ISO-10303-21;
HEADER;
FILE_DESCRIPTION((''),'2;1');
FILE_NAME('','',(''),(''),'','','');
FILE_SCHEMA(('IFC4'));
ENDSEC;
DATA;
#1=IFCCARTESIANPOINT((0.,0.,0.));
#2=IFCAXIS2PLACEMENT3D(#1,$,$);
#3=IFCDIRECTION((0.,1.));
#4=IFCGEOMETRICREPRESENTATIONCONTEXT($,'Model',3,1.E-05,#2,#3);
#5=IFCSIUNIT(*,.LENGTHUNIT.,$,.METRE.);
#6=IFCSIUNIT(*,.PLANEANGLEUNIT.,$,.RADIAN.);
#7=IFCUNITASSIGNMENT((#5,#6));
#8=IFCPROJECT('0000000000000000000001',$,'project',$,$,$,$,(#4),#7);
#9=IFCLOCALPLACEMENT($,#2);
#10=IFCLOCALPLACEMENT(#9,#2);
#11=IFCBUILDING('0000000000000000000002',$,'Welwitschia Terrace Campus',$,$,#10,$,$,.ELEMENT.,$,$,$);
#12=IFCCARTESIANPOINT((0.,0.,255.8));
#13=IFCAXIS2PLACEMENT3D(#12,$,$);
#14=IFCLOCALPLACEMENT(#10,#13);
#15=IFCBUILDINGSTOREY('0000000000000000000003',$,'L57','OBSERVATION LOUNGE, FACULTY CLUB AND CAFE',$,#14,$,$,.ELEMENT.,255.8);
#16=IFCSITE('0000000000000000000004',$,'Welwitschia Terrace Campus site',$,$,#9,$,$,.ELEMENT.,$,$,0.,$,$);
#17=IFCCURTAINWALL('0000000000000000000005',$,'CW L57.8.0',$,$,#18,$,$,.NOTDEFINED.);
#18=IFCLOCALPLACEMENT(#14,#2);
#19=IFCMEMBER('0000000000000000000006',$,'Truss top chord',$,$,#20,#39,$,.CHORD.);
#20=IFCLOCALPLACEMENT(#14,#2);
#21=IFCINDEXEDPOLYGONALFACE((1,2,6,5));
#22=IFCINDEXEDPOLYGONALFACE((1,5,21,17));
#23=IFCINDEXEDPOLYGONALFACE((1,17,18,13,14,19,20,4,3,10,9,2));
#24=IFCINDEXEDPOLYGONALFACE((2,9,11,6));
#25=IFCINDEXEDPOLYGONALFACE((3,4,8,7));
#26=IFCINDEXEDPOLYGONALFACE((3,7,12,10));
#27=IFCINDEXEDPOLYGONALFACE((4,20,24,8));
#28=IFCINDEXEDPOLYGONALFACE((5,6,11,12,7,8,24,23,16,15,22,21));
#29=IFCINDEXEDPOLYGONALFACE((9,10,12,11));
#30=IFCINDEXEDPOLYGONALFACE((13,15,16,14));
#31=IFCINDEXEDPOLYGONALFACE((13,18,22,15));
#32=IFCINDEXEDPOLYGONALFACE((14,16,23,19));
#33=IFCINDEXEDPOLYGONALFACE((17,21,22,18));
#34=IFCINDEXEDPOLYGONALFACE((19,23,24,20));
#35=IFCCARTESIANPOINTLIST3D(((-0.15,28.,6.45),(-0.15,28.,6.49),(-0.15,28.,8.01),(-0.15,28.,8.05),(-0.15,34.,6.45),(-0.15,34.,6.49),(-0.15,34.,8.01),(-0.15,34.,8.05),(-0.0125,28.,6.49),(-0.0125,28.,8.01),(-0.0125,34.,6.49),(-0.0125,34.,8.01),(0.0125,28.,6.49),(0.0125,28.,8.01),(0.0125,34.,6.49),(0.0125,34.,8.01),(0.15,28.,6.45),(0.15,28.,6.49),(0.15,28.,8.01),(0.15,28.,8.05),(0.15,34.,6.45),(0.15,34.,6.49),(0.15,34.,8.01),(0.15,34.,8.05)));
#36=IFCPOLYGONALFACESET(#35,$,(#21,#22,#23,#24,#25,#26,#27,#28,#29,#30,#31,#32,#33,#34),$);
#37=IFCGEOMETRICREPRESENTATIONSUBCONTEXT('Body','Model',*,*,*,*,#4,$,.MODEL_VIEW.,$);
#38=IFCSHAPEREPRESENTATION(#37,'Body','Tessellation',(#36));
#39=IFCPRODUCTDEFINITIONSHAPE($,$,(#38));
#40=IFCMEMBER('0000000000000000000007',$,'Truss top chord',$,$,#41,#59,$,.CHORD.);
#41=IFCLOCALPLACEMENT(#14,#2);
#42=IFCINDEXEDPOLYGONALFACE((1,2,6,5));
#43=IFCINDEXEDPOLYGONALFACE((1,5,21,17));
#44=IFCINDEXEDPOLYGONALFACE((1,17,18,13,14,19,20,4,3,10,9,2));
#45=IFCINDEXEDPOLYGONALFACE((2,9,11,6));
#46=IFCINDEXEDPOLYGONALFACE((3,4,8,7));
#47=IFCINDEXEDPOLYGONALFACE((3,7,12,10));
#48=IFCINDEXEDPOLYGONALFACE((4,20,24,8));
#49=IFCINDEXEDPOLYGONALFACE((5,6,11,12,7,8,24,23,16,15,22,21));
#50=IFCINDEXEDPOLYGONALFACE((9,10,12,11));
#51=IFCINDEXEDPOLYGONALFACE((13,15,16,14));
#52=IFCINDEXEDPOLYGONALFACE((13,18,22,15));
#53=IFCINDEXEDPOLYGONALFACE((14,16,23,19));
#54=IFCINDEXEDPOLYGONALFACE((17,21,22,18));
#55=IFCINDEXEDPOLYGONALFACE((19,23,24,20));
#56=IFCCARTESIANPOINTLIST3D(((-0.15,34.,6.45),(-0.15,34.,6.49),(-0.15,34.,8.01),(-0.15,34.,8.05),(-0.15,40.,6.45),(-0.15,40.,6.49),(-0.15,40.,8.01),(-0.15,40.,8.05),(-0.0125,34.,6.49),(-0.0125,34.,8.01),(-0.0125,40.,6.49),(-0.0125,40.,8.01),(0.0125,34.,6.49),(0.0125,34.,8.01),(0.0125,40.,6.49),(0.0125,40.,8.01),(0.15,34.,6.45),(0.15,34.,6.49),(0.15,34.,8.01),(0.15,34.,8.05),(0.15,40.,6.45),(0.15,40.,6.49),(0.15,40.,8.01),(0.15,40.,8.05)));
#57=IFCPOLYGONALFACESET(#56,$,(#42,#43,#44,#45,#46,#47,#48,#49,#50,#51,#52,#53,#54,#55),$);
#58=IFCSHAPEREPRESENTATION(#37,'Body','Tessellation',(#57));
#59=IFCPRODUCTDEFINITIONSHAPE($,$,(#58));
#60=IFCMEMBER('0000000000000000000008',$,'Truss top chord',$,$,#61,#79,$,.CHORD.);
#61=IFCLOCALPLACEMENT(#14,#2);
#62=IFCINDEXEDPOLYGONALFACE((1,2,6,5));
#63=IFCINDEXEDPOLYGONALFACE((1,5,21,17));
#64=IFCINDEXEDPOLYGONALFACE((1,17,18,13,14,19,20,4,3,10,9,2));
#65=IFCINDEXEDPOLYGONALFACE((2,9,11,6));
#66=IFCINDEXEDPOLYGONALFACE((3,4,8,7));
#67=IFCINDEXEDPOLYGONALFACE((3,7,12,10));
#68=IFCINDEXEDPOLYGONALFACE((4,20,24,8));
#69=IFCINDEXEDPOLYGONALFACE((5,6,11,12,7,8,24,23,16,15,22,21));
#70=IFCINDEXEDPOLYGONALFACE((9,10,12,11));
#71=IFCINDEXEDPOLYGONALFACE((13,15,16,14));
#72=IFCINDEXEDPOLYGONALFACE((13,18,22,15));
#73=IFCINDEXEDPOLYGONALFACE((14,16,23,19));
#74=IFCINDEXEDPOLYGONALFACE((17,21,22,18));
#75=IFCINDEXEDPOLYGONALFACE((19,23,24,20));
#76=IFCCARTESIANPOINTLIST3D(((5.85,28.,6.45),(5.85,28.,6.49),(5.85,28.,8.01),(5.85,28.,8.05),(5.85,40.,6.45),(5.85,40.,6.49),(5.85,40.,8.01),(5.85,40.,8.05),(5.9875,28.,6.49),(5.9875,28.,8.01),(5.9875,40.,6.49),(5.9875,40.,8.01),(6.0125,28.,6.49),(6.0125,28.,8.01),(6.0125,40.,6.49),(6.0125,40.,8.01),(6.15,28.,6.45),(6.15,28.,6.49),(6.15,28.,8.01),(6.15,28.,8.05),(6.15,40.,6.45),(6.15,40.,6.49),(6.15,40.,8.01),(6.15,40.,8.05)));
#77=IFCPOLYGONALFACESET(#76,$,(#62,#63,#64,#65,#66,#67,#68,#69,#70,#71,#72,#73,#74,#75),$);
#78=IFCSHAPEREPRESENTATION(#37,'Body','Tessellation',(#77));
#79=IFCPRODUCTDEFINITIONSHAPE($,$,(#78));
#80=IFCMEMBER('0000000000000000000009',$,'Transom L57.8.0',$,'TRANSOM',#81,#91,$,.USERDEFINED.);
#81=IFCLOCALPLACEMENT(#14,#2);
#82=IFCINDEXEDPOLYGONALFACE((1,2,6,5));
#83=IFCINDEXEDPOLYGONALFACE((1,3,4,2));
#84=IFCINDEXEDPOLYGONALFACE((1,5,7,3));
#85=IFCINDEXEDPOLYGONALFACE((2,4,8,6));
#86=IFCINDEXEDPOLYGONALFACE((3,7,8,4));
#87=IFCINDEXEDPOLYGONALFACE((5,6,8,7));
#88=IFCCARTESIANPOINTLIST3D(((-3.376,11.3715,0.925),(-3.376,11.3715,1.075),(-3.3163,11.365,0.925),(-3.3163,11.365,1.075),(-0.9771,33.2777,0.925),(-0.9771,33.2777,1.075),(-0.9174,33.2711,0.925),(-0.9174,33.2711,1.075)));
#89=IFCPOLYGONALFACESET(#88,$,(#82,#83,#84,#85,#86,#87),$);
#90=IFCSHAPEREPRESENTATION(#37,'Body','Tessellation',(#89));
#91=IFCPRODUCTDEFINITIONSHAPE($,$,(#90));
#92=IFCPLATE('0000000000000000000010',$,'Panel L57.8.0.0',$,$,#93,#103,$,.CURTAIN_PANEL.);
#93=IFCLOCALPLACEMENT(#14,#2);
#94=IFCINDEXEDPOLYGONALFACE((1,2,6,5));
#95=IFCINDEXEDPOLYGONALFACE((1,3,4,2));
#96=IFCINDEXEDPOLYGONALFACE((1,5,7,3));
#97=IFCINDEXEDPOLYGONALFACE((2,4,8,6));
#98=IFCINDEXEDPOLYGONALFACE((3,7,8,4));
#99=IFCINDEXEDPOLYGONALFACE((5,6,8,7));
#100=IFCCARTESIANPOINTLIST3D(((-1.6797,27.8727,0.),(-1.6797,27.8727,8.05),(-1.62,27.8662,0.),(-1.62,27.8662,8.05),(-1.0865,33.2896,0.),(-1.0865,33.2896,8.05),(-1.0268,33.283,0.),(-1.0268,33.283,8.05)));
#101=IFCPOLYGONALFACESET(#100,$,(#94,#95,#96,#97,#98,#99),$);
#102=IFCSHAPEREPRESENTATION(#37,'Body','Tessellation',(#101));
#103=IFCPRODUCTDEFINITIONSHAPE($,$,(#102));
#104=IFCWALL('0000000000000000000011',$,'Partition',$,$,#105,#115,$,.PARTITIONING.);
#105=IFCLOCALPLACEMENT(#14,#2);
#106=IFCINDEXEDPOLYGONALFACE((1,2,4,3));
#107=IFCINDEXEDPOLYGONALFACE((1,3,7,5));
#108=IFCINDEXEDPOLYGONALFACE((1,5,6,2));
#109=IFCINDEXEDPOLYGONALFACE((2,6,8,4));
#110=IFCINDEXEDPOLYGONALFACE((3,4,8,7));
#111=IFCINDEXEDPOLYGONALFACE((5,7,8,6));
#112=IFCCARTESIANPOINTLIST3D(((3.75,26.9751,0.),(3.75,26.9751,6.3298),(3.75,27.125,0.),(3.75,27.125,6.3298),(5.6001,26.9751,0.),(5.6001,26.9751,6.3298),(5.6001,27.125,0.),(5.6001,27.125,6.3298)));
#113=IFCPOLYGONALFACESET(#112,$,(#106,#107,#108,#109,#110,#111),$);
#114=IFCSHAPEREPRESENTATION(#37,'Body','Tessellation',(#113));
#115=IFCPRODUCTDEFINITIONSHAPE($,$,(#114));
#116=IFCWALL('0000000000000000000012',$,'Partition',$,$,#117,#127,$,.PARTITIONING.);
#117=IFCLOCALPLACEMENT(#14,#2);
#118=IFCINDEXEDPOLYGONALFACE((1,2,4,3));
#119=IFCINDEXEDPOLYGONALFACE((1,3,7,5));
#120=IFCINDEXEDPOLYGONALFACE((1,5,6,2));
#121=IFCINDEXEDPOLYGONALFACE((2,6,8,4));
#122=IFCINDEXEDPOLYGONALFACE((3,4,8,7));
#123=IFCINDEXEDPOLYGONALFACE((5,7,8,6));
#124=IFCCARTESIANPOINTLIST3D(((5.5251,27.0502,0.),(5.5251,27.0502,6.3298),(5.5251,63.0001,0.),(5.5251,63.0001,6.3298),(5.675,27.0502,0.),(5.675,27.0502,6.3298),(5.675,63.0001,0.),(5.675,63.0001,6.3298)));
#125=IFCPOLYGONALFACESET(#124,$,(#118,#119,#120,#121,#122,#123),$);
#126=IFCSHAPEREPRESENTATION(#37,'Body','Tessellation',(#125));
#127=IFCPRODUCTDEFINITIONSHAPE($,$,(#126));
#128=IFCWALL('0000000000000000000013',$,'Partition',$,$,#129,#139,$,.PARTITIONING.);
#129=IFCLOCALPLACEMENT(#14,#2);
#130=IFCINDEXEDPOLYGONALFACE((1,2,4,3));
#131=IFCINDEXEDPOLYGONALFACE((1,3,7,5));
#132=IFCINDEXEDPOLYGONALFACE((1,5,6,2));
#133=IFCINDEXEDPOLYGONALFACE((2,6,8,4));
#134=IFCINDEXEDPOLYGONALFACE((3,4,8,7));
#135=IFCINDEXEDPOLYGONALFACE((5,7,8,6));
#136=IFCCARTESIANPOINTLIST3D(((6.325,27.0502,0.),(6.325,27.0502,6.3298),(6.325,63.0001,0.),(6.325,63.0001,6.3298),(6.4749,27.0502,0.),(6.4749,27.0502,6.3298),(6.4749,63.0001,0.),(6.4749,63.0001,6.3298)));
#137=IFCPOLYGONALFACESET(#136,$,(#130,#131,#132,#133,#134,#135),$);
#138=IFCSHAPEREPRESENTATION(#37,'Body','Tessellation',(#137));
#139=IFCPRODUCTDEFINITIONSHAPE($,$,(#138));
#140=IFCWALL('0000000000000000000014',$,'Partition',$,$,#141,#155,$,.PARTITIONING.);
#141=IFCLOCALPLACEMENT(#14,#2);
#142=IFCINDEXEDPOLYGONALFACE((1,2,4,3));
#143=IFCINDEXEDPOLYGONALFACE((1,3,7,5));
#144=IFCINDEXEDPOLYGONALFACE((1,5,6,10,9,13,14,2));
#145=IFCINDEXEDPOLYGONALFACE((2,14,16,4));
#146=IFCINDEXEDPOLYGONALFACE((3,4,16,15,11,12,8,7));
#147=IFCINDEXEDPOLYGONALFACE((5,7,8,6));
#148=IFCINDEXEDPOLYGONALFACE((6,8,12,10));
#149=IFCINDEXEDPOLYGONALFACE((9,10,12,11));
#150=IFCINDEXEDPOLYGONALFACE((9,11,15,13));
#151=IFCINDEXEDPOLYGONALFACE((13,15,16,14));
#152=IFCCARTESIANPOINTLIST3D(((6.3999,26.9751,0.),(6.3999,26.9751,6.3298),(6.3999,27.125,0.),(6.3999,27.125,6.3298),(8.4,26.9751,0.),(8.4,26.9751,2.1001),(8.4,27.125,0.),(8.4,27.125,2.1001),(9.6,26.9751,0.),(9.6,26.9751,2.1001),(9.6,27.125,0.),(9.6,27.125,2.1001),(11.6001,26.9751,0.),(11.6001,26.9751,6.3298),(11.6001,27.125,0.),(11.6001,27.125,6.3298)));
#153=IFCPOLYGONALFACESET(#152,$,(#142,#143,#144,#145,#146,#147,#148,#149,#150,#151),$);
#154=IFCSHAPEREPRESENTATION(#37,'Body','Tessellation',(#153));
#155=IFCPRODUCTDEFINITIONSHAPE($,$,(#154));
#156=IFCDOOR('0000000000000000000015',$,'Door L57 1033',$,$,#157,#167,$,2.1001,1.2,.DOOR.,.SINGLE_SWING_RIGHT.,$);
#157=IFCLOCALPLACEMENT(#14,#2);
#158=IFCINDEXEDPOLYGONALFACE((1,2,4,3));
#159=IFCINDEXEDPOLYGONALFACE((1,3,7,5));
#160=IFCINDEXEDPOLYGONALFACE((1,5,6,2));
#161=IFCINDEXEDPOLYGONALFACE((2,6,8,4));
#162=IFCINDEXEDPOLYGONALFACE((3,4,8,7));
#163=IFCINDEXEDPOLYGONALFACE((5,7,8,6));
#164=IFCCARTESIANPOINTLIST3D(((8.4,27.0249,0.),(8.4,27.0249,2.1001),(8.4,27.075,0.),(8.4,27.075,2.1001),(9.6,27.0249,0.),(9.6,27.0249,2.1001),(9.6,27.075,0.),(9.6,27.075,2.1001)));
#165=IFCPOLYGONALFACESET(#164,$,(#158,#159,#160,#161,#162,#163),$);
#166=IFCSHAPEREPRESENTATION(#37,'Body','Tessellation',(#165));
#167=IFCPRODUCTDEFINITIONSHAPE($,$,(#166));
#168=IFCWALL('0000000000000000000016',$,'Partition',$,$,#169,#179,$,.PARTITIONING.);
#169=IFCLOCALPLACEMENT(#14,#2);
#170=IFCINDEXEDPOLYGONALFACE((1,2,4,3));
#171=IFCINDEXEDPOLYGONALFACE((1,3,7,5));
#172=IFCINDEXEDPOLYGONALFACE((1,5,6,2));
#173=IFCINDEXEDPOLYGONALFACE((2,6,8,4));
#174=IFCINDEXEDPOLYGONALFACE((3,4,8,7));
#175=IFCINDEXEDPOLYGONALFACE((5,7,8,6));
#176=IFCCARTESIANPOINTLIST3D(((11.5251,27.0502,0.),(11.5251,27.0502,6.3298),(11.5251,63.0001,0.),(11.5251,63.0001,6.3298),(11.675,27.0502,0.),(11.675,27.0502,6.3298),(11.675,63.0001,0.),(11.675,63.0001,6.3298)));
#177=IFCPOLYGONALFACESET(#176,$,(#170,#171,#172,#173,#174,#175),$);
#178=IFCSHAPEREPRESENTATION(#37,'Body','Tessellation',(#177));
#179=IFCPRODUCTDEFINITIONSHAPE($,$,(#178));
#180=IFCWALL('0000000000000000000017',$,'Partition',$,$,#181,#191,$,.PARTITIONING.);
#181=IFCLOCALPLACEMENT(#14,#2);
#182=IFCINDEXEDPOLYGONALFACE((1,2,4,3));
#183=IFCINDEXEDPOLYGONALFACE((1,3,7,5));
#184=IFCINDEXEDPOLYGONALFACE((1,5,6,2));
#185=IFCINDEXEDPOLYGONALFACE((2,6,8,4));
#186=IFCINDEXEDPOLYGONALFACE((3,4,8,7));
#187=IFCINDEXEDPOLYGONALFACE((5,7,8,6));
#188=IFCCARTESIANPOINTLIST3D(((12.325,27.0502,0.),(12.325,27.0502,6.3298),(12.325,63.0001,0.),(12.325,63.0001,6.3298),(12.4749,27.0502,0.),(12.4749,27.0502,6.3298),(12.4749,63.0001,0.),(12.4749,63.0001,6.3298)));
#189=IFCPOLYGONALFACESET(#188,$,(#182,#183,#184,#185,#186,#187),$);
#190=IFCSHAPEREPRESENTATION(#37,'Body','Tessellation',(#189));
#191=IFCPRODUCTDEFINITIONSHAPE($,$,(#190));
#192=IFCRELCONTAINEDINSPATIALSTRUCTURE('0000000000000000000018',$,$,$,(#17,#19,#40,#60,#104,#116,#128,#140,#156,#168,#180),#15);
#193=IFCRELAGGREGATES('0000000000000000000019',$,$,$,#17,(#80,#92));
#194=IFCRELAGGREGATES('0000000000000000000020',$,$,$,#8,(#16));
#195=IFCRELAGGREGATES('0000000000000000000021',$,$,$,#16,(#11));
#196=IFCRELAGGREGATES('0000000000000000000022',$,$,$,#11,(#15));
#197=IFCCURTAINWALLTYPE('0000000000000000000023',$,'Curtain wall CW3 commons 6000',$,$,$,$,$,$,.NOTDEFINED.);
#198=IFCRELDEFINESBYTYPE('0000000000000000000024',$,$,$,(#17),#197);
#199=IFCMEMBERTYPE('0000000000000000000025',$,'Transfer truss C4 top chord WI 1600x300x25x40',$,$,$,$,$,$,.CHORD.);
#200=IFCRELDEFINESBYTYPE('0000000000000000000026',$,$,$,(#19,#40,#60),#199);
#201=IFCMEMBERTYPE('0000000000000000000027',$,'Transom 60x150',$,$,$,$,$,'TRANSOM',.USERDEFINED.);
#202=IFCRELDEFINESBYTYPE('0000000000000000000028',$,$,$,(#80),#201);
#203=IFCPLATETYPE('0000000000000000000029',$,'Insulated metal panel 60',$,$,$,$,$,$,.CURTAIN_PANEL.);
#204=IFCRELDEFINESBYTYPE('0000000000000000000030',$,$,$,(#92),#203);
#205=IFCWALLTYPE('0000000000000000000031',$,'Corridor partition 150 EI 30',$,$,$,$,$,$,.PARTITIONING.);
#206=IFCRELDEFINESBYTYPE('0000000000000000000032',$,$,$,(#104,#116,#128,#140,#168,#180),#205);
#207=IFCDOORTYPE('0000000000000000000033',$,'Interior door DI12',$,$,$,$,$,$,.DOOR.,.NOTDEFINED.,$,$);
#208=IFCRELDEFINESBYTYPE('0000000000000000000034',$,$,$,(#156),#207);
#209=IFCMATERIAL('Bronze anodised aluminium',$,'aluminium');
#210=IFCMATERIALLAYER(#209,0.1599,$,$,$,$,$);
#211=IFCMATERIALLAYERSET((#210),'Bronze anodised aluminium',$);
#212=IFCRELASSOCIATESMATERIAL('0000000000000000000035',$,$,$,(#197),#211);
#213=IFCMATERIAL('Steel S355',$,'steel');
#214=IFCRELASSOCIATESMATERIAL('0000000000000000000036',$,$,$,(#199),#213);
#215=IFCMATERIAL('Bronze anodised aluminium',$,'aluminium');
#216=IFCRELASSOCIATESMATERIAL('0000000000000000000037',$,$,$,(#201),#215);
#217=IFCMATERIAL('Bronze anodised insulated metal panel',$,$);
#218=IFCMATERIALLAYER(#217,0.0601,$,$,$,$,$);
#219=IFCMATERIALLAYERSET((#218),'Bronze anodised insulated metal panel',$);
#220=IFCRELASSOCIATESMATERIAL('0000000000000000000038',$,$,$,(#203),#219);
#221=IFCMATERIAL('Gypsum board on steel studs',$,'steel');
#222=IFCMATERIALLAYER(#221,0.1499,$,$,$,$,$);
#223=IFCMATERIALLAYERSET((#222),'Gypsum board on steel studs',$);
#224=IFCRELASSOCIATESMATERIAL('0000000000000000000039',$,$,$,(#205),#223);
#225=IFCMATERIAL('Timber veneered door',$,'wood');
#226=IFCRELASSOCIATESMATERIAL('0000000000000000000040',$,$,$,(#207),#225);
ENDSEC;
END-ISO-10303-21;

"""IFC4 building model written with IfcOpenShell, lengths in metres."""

from ifc_helpers import new_model, si_unit, direction, frame, frame_2d, origin, origin_2d, place, context, subcontext, project, spatial, rectangle, i_section, extrude, material, layer, layer_set, material_profile, profile_set, type_object, element, fill, aggregate, save


model = new_model("IFC4")

# Units and contexts
model_context = context("Model", 3, precision=1e-05, world=origin(), true_north=direction((0.0, 1.0)))
body_context = subcontext(model_context, "Body", "Model", "MODEL_VIEW")
ifc_project = project(units=[si_unit("LENGTHUNIT", "METRE"), si_unit("PLANEANGLEUNIT", "RADIAN")], contexts=[model_context])

# Site, building, storey
site_placement = place(None, origin())
site = spatial("IfcSite", under=ifc_project, at=site_placement, Name="Welwitschia Terrace Campus site", CompositionType="ELEMENT", RefElevation=0.0)
building_placement = place(site_placement, origin())
building = spatial("IfcBuilding", under=site, at=building_placement, Name="Welwitschia Terrace Campus", CompositionType="ELEMENT")
storey_placement = place(building_placement, frame((0.0, 0.0, 255.8)))
storey = spatial("IfcBuildingStorey", under=building, at=storey_placement, Name="L57", Description="OBSERVATION LOUNGE, FACULTY CLUB AND CAFE", CompositionType="ELEMENT", Elevation=255.8)

# Shared definitions
ifc_material_1 = material(Name="Bronze anodised aluminium", Category="aluminium")
ifc_layer_1 = layer(ifc_material_1, 0.1599)
ifc_layer_set_1 = layer_set([ifc_layer_1], Name="Bronze anodised aluminium")
curtain_wall_type = type_object("IfcCurtainWallType", Name="Curtain wall CW3 commons 6000", PredefinedType="NOTDEFINED", material=ifc_layer_set_1)

# Curtain wall
curtain_wall_1_placement = place(storey_placement, origin())
curtain_wall_1 = element("IfcCurtainWall", 1, at=curtain_wall_1_placement, inside=storey, type_object=curtain_wall_type, Name="CW L57.8.0", PredefinedType="NOTDEFINED")

# Members
ifc_material_2 = material(Name="Steel S355", Category="steel")
ifc_material_profile_1 = material_profile(ifc_material_2, i_section(OverallWidth=0.3, OverallDepth=1.6001, WebThickness=0.0249, FlangeThickness=0.04, at=origin_2d()))
ifc_profile_set_1 = profile_set([ifc_material_profile_1], Name="Steel S355")
member_type_1 = type_object("IfcMemberType", Name="Transfer truss C4 top chord WI 1600x300x25x40", PredefinedType="CHORD", material=ifc_profile_set_1)
for number, where, z_axis, x_axis, name in (
    (2, (0.0, 28.0, 7.25), (0.0, 1.0, 0.0), (-1.0, 0.0, 0.0), "Truss top chord"),
    (3, (0.0, 34.0, 7.25), (0.0, 1.0, 0.0), (-1.0, 0.0, 0.0), "Truss top chord"),
):
    element("IfcMember", number, at=place(storey_placement, frame(where, z_axis=z_axis, x_axis=x_axis)), inside=storey, type_object=member_type_1, Name=name, PredefinedType="CHORD", context=body_context, shape_type="SweptSolid", body=[
        extrude(i_section(OverallWidth=0.3, OverallDepth=1.6001, WebThickness=0.0249, FlangeThickness=0.04, at=origin_2d()), origin(), (0.0, 0.0, 1.0), 6.0),
    ])
member_1_placement = place(storey_placement, frame((6.0, 28.0, 7.25), z_axis=(0.0, 1.0, 0.0), x_axis=(-1.0, 0.0, 0.0)))
element("IfcMember", 4, at=member_1_placement, inside=storey, type_object=member_type_1, Name="Truss top chord", PredefinedType="CHORD", context=body_context, shape_type="SweptSolid", body=[
    extrude(i_section(OverallWidth=0.3, OverallDepth=1.6001, WebThickness=0.0249, FlangeThickness=0.04, at=origin_2d()), origin(), (0.0, 0.0, 1.0), 12.0),
])

# Member
ifc_material_3 = material(Name="Bronze anodised aluminium", Category="aluminium")
ifc_material_profile_2 = material_profile(ifc_material_3, rectangle(XDim=0.0601, YDim=0.1499, at=origin_2d()))
ifc_profile_set_2 = profile_set([ifc_material_profile_2], Name="Bronze anodised aluminium")
member_type_2 = type_object("IfcMemberType", Name="Transom 60x150", ElementType="TRANSOM", PredefinedType="USERDEFINED", material=ifc_profile_set_2)
member_2_placement = place(storey_placement, frame((-0.9473, 33.2744, 1.0), z_axis=(-0.108858, -0.994057, 0.0), x_axis=(0.994057, -0.108858, 0.0)))
member_2 = element("IfcMember", 5, at=member_2_placement, type_object=member_type_2, Name="Transom L57.8.0", ObjectType="TRANSOM", PredefinedType="USERDEFINED", context=body_context, shape_type="SweptSolid", body=[
    extrude(rectangle(XDim=0.0601, YDim=0.1499, at=origin_2d()), origin(), (0.0, 0.0, 1.0), 22.0371),
])

# Plate
ifc_material_4 = material(Name="Bronze anodised insulated metal panel")
ifc_layer_2 = layer(ifc_material_4, 0.0601)
ifc_layer_set_2 = layer_set([ifc_layer_2], Name="Bronze anodised insulated metal panel")
plate_type = type_object("IfcPlateType", Name="Insulated metal panel 60", PredefinedType="CURTAIN_PANEL", material=ifc_layer_set_2)
plate_placement = place(storey_placement, frame((-1.3533, 30.5779, 0.0), z_axis=(0.0, 0.0, 1.0), x_axis=(-0.108867, -0.994056, 0.0)))
plate = element("IfcPlate", 6, at=plate_placement, type_object=plate_type, Name="Panel L57.8.0.0", PredefinedType="CURTAIN_PANEL", context=body_context, shape_type="SweptSolid", body=[
    extrude(rectangle(XDim=5.4492, YDim=0.0601, at=origin_2d()), origin(), (0.0, 0.0, 1.0), 8.05),
])
aggregate(curtain_wall_1, [member_2, plate])

# Walls
ifc_material_5 = material(Name="Gypsum board on steel studs", Category="steel")
ifc_layer_3 = layer(ifc_material_5, 0.1499)
ifc_layer_set_3 = layer_set([ifc_layer_3], Name="Gypsum board on steel studs")
wall_type = type_object("IfcWallType", Name="Corridor partition 150 EI 30", PredefinedType="PARTITIONING", material=ifc_layer_set_3)
wall_1_placement = place(storey_placement, frame((3.75, 27.05, 0.0), z_axis=(0.0, 0.0, 1.0), x_axis=(1.0, 0.0, 0.0)))
element("IfcWall", 7, at=wall_1_placement, inside=storey, type_object=wall_type, Name="Partition", PredefinedType="PARTITIONING", context=body_context, shape_type="SweptSolid", body=[
    extrude(rectangle(XDim=1.8501, YDim=0.1499, at=frame_2d((0.925, 0.0))), origin(), (0.0, 0.0, 1.0), 6.3298),
])
for number, where, z_axis, x_axis, name in (
    (8, (5.6001, 27.05, 0.0), (0.0, 0.0, 1.0), (0.0, 1.0, 0.0), "Partition"),
    (9, (6.3999, 27.05, 0.0), (0.0, 0.0, 1.0), (0.0, 1.0, 0.0), "Partition"),
):
    element("IfcWall", number, at=place(storey_placement, frame(where, z_axis=z_axis, x_axis=x_axis)), inside=storey, type_object=wall_type, Name=name, PredefinedType="PARTITIONING", context=body_context, shape_type="SweptSolid", body=[
        extrude(rectangle(XDim=35.95, YDim=0.1499, at=frame_2d((17.9751, 0.0))), origin(), (0.0, 0.0, 1.0), 6.3298),
    ])

# Wall, opening, door
wall_2_placement = place(storey_placement, frame((6.3999, 27.05, 0.0), z_axis=(0.0, 0.0, 1.0), x_axis=(1.0, 0.0, 0.0)))
wall_2 = element("IfcWall", 10, at=wall_2_placement, inside=storey, type_object=wall_type, Name="Partition", PredefinedType="PARTITIONING", context=body_context, shape_type="SweptSolid", body=[
    extrude(rectangle(XDim=5.2002, YDim=0.1499, at=frame_2d((2.6001, 0.0))), origin(), (0.0, 0.0, 1.0), 6.3298),
])
opening_1_placement = place(wall_2_placement, frame((2.0, 0.0, 0.0)))
opening_1 = element("IfcOpeningElement", 11, at=opening_1_placement, cuts=wall_2, PredefinedType="OPENING", context=body_context, shape_type="SweptSolid", body=[
    extrude(rectangle(XDim=1.2, YDim=2.1001, at=frame_2d((0.6001, 1.05))), frame((0.0, 0.085, 0.0), z_axis=(0.0, -1.0, 0.0), x_axis=(1.0, 0.0, 0.0)), (0.0, 0.0, 1.0), 0.1699),
])
ifc_material_6 = material(Name="Timber veneered door", Category="wood")
door_type = type_object("IfcDoorType", Name="Interior door DI12", OperationType="NOTDEFINED", PredefinedType="DOOR", material=ifc_material_6)
door_1_placement = place(opening_1_placement, origin())
door_1 = element("IfcDoor", 12, at=door_1_placement, inside=storey, type_object=door_type, Name="Door L57 1033", OperationType="SINGLE_SWING_RIGHT", OverallHeight=2.1001, OverallWidth=1.2, PredefinedType="DOOR", context=body_context, shape_type="SweptSolid", body=[
    extrude(rectangle(XDim=1.2, YDim=2.1001, at=frame_2d((0.6001, 1.05))), frame((0.0, 0.0249, 0.0), z_axis=(0.0, -1.0, 0.0), x_axis=(1.0, 0.0, 0.0)), (0.0, 0.0, 1.0), 0.05),
])
fill(opening_1, door_1)

# Walls
for number, where, z_axis, x_axis, name in (
    (13, (11.6001, 27.05, 0.0), (0.0, 0.0, 1.0), (0.0, 1.0, 0.0), "Partition"),
    (14, (12.3999, 27.05, 0.0), (0.0, 0.0, 1.0), (0.0, 1.0, 0.0), "Partition"),
):
    element("IfcWall", number, at=place(storey_placement, frame(where, z_axis=z_axis, x_axis=x_axis)), inside=storey, type_object=wall_type, Name=name, PredefinedType="PARTITIONING", context=body_context, shape_type="SweptSolid", body=[
        extrude(rectangle(XDim=35.95, YDim=0.1499, at=frame_2d((17.9751, 0.0))), origin(), (0.0, 0.0, 1.0), 6.3298),
    ])

save(model, "model.ifc")
